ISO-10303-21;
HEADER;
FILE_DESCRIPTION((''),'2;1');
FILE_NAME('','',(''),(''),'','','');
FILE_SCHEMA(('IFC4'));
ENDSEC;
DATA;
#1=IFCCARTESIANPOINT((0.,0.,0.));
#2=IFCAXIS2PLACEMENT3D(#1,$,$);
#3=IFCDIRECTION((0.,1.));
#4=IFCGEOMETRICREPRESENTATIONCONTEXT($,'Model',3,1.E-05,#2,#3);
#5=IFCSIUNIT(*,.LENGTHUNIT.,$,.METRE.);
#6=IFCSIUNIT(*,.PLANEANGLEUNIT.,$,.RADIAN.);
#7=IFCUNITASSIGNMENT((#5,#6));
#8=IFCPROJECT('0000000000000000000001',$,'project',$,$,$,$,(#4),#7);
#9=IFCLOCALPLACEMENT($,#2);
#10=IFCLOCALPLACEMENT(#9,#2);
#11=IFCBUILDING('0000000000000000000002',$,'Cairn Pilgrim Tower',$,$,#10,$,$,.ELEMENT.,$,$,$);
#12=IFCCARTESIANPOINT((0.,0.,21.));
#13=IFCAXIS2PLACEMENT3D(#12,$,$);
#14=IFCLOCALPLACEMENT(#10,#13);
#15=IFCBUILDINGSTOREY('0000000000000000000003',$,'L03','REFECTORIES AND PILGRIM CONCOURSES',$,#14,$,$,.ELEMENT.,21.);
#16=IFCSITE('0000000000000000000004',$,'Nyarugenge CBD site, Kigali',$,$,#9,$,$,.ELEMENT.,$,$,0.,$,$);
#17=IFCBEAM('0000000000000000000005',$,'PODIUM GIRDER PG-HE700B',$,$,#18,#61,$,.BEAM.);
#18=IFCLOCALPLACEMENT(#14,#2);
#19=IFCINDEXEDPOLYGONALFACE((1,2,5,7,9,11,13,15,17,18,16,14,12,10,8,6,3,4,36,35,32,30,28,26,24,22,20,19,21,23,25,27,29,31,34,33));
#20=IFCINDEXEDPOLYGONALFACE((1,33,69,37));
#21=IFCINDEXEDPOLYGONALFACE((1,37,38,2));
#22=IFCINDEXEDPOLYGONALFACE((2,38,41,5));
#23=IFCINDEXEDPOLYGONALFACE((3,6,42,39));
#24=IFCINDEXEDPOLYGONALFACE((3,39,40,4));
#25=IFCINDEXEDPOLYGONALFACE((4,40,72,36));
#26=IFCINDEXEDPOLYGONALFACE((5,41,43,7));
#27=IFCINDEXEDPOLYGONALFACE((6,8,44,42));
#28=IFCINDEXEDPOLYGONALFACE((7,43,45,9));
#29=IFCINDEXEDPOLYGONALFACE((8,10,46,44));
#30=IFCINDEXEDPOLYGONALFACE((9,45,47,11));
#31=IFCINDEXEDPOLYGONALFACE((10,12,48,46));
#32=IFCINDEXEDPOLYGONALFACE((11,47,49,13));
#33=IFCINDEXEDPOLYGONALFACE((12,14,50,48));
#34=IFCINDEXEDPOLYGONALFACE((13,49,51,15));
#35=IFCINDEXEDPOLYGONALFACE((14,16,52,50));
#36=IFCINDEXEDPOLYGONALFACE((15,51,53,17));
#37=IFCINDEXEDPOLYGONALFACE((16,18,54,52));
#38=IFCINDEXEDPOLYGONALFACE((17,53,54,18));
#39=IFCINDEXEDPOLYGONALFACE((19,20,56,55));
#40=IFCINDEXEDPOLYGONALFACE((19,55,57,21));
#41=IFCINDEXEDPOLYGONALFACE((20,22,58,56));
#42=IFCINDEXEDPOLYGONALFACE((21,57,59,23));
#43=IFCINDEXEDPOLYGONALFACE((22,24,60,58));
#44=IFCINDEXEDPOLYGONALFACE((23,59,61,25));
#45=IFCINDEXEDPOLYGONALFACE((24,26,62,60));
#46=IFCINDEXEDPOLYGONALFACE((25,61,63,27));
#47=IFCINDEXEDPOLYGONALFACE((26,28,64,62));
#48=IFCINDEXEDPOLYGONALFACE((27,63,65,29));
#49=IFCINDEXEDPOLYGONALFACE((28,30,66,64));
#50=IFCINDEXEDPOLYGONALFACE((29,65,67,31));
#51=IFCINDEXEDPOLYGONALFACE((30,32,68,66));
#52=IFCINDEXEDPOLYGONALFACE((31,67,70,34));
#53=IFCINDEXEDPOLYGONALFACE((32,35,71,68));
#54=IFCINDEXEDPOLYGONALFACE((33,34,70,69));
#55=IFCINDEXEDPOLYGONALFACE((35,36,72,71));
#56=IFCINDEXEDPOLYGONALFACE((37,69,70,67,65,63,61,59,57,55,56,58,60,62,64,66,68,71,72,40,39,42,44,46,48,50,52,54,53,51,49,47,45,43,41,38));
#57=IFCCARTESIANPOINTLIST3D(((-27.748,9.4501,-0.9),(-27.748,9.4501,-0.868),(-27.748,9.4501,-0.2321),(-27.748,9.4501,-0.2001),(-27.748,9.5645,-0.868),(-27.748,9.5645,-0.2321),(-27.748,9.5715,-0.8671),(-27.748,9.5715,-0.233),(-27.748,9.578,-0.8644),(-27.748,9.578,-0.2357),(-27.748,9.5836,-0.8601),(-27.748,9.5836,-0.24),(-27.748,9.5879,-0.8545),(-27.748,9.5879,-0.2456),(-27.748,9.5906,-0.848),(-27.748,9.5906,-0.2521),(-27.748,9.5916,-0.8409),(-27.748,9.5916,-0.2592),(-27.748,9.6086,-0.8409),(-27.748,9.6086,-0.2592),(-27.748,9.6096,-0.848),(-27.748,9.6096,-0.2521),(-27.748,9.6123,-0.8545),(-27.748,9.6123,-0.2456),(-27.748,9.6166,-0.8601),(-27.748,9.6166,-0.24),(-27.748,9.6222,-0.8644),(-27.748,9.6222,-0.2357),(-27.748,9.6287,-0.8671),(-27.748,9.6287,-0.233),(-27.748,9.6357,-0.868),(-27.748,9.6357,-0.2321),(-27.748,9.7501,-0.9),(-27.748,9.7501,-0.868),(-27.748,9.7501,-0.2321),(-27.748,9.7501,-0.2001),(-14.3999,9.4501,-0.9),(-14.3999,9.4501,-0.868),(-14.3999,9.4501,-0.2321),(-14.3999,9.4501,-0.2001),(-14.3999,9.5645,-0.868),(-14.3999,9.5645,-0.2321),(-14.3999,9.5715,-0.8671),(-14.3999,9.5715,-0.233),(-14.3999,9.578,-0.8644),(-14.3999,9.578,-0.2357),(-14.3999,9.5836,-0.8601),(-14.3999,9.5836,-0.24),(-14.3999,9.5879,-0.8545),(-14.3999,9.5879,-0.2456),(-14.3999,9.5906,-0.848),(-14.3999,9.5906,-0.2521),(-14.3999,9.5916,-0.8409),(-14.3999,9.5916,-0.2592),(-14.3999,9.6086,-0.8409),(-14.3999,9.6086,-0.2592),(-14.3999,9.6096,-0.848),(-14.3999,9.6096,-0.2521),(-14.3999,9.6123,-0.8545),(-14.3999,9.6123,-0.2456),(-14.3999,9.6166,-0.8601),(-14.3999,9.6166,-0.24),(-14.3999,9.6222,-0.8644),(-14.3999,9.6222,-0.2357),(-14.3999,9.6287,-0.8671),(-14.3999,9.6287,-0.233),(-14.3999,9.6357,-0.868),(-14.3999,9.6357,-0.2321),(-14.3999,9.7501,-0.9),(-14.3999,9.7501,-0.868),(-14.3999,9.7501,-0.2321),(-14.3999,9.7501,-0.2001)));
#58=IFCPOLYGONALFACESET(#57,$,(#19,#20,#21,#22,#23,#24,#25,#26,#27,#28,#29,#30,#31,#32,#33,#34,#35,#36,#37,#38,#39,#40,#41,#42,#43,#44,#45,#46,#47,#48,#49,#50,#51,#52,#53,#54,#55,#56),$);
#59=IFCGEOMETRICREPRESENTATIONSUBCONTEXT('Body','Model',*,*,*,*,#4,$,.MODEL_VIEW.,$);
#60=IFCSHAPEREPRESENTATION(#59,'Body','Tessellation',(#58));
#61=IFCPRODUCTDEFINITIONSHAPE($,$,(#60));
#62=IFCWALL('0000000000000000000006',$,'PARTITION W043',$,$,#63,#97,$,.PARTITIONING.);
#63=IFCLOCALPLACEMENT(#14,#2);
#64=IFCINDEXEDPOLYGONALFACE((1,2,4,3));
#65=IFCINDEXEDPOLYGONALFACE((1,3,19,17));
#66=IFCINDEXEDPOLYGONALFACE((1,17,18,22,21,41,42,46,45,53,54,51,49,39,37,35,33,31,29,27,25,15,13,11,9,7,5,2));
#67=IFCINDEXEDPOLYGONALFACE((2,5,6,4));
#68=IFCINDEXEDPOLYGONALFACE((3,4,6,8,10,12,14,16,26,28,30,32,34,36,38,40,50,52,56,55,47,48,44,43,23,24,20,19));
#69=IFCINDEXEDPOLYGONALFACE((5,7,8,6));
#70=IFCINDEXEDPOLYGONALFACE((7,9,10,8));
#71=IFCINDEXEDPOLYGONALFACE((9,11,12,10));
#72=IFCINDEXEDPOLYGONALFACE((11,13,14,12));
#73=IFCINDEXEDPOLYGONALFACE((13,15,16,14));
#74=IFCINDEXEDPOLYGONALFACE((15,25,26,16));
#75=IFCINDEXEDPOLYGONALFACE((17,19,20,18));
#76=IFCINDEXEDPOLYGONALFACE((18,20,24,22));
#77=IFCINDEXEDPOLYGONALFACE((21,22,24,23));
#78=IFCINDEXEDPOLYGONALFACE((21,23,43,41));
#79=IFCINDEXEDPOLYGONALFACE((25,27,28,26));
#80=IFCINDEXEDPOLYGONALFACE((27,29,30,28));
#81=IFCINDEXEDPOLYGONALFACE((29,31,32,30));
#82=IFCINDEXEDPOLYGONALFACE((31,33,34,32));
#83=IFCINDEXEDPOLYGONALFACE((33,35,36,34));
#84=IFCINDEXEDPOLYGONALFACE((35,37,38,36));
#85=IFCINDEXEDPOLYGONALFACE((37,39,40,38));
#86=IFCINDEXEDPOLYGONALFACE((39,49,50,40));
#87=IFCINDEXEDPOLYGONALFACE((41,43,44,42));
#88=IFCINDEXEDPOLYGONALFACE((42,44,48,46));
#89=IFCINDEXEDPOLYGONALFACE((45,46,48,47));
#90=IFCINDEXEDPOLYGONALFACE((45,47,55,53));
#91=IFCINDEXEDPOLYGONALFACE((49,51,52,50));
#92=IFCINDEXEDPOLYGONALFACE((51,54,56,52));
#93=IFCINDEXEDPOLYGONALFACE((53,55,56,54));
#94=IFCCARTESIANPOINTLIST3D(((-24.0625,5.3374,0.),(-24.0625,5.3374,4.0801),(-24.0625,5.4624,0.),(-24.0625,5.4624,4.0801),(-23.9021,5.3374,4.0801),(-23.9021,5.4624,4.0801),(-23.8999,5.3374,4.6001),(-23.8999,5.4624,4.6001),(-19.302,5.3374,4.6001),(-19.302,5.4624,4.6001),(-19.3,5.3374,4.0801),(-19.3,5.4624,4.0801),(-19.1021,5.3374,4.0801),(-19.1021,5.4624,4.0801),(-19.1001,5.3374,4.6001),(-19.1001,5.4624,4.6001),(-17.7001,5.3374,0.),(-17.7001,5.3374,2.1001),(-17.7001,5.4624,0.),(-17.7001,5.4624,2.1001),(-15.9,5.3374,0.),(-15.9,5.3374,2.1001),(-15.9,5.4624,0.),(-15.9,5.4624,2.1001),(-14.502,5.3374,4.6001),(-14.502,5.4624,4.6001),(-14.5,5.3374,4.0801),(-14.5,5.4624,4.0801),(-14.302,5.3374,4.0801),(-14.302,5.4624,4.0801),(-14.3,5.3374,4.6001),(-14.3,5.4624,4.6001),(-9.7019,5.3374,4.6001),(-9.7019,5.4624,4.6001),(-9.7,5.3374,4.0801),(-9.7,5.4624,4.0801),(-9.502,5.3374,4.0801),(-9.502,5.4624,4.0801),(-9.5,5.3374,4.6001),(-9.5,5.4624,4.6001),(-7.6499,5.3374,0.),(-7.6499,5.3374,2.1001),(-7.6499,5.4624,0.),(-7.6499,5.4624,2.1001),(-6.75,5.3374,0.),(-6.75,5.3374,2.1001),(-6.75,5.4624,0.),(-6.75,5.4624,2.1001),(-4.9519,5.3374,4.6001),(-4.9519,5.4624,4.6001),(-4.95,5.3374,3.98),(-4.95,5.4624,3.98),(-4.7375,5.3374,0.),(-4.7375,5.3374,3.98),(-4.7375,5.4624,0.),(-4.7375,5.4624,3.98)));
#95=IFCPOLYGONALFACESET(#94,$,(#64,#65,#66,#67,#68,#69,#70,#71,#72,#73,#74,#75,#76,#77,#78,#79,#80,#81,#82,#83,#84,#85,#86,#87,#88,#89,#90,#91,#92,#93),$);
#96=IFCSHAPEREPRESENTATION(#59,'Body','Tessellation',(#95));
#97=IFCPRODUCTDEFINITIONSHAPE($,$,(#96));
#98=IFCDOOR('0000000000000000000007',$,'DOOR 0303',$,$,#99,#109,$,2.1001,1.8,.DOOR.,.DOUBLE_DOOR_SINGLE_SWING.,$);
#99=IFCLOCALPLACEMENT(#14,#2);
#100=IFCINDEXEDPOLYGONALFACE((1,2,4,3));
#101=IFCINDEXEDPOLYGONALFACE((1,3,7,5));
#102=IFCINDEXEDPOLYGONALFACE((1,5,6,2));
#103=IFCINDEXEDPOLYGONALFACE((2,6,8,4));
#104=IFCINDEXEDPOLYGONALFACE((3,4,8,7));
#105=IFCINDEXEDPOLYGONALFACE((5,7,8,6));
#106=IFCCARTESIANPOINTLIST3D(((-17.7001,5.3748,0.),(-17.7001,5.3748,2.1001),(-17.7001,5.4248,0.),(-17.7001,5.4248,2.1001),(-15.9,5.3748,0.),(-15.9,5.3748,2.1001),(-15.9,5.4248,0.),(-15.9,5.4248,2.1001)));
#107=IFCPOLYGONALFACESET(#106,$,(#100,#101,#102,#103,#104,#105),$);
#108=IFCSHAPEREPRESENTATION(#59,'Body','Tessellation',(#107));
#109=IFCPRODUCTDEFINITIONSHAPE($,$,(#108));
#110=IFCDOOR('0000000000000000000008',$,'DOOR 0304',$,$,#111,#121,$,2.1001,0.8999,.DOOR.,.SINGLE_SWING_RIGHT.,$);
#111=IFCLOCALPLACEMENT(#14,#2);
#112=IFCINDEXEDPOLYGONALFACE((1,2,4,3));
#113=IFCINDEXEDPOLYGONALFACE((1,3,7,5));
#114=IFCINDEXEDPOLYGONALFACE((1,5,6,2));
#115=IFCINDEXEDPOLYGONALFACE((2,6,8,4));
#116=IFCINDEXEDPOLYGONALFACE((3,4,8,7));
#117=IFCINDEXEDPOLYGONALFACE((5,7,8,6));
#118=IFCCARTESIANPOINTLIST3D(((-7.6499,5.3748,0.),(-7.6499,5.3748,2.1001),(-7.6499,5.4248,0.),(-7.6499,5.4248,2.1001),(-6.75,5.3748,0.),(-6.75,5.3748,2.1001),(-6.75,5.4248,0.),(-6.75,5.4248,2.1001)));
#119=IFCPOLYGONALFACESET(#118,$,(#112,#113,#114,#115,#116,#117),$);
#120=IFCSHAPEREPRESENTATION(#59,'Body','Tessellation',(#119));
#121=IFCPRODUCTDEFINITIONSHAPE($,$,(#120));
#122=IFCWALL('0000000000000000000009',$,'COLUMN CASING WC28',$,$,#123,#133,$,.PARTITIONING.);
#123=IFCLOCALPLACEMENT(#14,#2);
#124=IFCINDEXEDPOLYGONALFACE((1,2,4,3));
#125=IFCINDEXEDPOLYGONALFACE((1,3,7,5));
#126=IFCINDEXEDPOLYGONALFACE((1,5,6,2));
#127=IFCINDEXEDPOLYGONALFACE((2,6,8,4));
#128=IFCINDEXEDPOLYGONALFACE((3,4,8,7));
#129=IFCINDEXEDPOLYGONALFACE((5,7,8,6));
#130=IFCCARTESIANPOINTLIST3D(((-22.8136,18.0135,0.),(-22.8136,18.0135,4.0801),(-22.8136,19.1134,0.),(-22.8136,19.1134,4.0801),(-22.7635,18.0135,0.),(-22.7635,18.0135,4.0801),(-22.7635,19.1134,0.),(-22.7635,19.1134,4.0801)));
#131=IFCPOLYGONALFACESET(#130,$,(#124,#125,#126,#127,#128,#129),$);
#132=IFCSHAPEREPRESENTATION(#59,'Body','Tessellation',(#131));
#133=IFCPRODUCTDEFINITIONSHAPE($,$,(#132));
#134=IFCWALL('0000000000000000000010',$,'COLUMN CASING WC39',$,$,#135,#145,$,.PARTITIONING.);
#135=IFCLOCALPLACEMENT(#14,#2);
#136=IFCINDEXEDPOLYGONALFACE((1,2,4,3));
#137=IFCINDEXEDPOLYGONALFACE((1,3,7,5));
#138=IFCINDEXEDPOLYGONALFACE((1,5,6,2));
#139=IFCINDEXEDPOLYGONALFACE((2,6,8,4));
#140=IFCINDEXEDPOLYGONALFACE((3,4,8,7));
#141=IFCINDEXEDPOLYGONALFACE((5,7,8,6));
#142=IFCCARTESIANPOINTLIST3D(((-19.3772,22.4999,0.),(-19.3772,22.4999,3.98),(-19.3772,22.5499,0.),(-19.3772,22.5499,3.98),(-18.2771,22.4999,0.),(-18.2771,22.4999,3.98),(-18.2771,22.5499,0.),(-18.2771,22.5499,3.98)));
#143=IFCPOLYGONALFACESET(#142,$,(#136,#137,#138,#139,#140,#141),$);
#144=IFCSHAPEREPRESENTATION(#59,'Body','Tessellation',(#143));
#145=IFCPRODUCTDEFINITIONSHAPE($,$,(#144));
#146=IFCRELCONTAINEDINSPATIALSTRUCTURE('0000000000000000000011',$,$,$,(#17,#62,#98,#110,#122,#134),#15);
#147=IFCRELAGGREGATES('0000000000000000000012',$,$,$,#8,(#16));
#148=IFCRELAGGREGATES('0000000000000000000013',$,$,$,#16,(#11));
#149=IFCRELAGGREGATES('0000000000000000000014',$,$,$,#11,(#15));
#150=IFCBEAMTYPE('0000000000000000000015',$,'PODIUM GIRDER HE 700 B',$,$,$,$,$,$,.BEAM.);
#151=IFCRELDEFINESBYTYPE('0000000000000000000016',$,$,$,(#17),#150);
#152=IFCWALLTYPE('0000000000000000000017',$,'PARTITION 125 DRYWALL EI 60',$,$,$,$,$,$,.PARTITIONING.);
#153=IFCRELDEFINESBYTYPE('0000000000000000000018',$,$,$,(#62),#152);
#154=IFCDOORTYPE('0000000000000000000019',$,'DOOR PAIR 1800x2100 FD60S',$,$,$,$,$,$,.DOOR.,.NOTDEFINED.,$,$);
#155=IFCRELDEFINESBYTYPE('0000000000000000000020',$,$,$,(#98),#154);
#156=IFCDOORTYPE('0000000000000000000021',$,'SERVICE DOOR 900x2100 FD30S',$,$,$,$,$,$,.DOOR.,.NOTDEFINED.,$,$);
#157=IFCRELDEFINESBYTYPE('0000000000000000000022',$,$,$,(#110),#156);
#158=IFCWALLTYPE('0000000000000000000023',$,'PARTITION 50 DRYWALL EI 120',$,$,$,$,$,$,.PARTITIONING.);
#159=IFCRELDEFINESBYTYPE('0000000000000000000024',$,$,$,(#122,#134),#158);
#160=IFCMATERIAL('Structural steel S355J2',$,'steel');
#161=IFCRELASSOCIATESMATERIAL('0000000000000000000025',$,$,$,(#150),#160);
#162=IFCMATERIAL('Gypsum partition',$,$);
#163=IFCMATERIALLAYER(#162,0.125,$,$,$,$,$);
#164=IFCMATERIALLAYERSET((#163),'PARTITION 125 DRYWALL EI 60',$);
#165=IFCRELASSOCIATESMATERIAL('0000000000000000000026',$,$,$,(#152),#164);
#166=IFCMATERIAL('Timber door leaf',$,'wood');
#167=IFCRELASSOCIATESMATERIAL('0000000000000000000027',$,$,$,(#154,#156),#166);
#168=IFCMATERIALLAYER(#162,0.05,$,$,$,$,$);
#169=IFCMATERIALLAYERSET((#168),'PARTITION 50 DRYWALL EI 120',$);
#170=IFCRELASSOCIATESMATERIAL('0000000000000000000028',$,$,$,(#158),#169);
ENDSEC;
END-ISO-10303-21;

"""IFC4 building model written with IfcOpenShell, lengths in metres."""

from ifc_helpers import new_model, si_unit, direction, frame, frame_2d, origin, origin_2d, place, context, subcontext, project, spatial, polyline, rectangle, i_section, outline, extrude, material, layer, layer_set, material_profile, profile_set, type_object, element, fill, save


model = new_model("IFC4")

# Units and contexts
model_context = context("Model", 3, precision=1e-05, world=origin(), true_north=direction((0.0, 1.0)))
body_context = subcontext(model_context, "Body", "Model", "MODEL_VIEW")
ifc_project = project(units=[si_unit("LENGTHUNIT", "METRE"), si_unit("PLANEANGLEUNIT", "RADIAN")], contexts=[model_context])

# Site, building, storey
site_placement = place(None, origin())
site = spatial("IfcSite", under=ifc_project, at=site_placement, Name="Nyarugenge CBD site, Kigali", CompositionType="ELEMENT", RefElevation=0.0)
building_placement = place(site_placement, origin())
building = spatial("IfcBuilding", under=site, at=building_placement, Name="Cairn Pilgrim Tower", CompositionType="ELEMENT")
storey_placement = place(building_placement, frame((0.0, 0.0, 21.0)))
storey = spatial("IfcBuildingStorey", under=building, at=storey_placement, Name="L03", Description="REFECTORIES AND PILGRIM CONCOURSES", CompositionType="ELEMENT", Elevation=21.0)

# Beam
ifc_material_1 = material(Name="Structural steel S355J2", Category="steel")
ifc_material_profile_1 = material_profile(ifc_material_1, i_section(OverallWidth=0.3, OverallDepth=0.7, WebThickness=0.0171, FlangeThickness=0.032, FilletRadius=0.0271, at=origin_2d()), Name="HEB 700")
ifc_profile_set_1 = profile_set([ifc_material_profile_1], Name="Structural steel S355J2")
beam_type_1 = type_object("IfcBeamType", Name="PODIUM GIRDER HE 700 B", PredefinedType="BEAM", material=ifc_profile_set_1)
beam_1_placement = place(storey_placement, frame((-27.748, 9.6001, -0.55), z_axis=(1.0, 0.0, 0.0), x_axis=(0.0, 1.0, 0.0)))
element("IfcBeam", 1, at=beam_1_placement, inside=storey, type_object=beam_type_1, Name="PODIUM GIRDER PG-HE700B", PredefinedType="BEAM", context=body_context, shape_type="SweptSolid", body=[
    extrude(i_section(OverallWidth=0.3, OverallDepth=0.7, WebThickness=0.0171, FlangeThickness=0.032, FilletRadius=0.0271, at=origin_2d()), origin(), (0.0, 0.0, 1.0), 13.3481),
])

# Wall, openings, doors
ifc_material_2 = material(Name="Gypsum partition")
ifc_layer_1 = layer(ifc_material_2, 0.125)
ifc_layer_set_1 = layer_set([ifc_layer_1], Name="PARTITION 125 DRYWALL EI 60")
wall_type_1 = type_object("IfcWallType", Name="PARTITION 125 DRYWALL EI 60", PredefinedType="PARTITIONING", material=ifc_layer_set_1)
wall_1_placement = place(storey_placement, frame((-24.0625, 5.3999, 0.0), z_axis=(0.0, 0.0, 1.0), x_axis=(1.0, 0.0, 0.0)))
wall_1 = element("IfcWall", 2, at=wall_1_placement, inside=storey, type_object=wall_type_1, Name="PARTITION W043", PredefinedType="PARTITIONING", context=body_context, shape_type="SweptSolid", body=[
    extrude(outline(polyline([(0.0, 0.0), (19.325, 0.0), (19.325, 3.98), (19.1125, 3.98), (19.1106, 4.6001), (14.5625, 4.6001), (14.5605, 4.0801), (14.3625, 4.0801), (14.3606, 4.6001), (9.7625, 4.6001), (9.7605, 4.0801), (9.5625, 4.0801), (9.5605, 4.6001), (4.9624, 4.6001), (4.9604, 4.0801), (4.7625, 4.0801), (4.7605, 4.6001), (0.1626, 4.6001), (0.1604, 4.0801), (0.0, 4.0801), (0.0, 0.0)])), frame((0.0, 0.0625, 0.0), z_axis=(0.0, -1.0, 0.0), x_axis=(1.0, 0.0, 0.0)), (0.0, 0.0, 1.0), 0.125),
])
opening_1_placement = place(wall_1_placement, frame((6.3625, 0.0, 0.0)))
opening_1 = element("IfcOpeningElement", 3, at=opening_1_placement, cuts=wall_1, PredefinedType="OPENING", context=body_context, shape_type="SweptSolid", body=[
    extrude(rectangle(XDim=1.8, YDim=2.1001, at=frame_2d((0.8999, 1.05))), frame((0.0, 0.0725, 0.0), z_axis=(0.0, -1.0, 0.0), x_axis=(1.0, 0.0, 0.0)), (0.0, 0.0, 1.0), 0.145),
])
opening_2_placement = place(wall_1_placement, frame((16.4126, 0.0, 0.0)))
opening_2 = element("IfcOpeningElement", 4, at=opening_2_placement, cuts=wall_1, PredefinedType="OPENING", context=body_context, shape_type="SweptSolid", body=[
    extrude(rectangle(XDim=0.8999, YDim=2.1001, at=frame_2d((0.45, 1.05))), frame((0.0, 0.0725, 0.0), z_axis=(0.0, -1.0, 0.0), x_axis=(1.0, 0.0, 0.0)), (0.0, 0.0, 1.0), 0.145),
])
ifc_material_3 = material(Name="Timber door leaf", Category="wood")
door_type_1 = type_object("IfcDoorType", Name="DOOR PAIR 1800x2100 FD60S", OperationType="NOTDEFINED", PredefinedType="DOOR", material=ifc_material_3)
door_1_placement = place(opening_1_placement, origin())
door_1 = element("IfcDoor", 5, at=door_1_placement, inside=storey, type_object=door_type_1, Name="DOOR 0303", OperationType="DOUBLE_DOOR_SINGLE_SWING", OverallHeight=2.1001, OverallWidth=1.8, PredefinedType="DOOR", context=body_context, shape_type="SweptSolid", body=[
    extrude(rectangle(XDim=1.8, YDim=2.1001, at=frame_2d((0.8999, 1.05))), frame((0.0, 0.0249, 0.0), z_axis=(0.0, -1.0, 0.0), x_axis=(1.0, 0.0, 0.0)), (0.0, 0.0, 1.0), 0.05),
])
fill(opening_1, door_1)
door_type_2 = type_object("IfcDoorType", Name="SERVICE DOOR 900x2100 FD30S", OperationType="NOTDEFINED", PredefinedType="DOOR", material=ifc_material_3)
door_2_placement = place(opening_2_placement, origin())
door_2 = element("IfcDoor", 6, at=door_2_placement, inside=storey, type_object=door_type_2, Name="DOOR 0304", OperationType="SINGLE_SWING_RIGHT", OverallHeight=2.1001, OverallWidth=0.8999, PredefinedType="DOOR", context=body_context, shape_type="SweptSolid", body=[
    extrude(rectangle(XDim=0.8999, YDim=2.1001, at=frame_2d((0.45, 1.05))), frame((0.0, 0.0249, 0.0), z_axis=(0.0, -1.0, 0.0), x_axis=(1.0, 0.0, 0.0)), (0.0, 0.0, 1.0), 0.05),
])
fill(opening_2, door_2)

# Walls
ifc_layer_2 = layer(ifc_material_2, 0.05)
ifc_layer_set_2 = layer_set([ifc_layer_2], Name="PARTITION 50 DRYWALL EI 120")
wall_type_2 = type_object("IfcWallType", Name="PARTITION 50 DRYWALL EI 120", PredefinedType="PARTITIONING", material=ifc_layer_set_2)
wall_2_placement = place(storey_placement, frame((-22.7886, 18.0137, 0.0), z_axis=(0.0, 0.0, 1.0), x_axis=(0.0, 1.0, 0.0)))
element("IfcWall", 7, at=wall_2_placement, inside=storey, type_object=wall_type_2, Name="COLUMN CASING WC28", PredefinedType="PARTITIONING", context=body_context, shape_type="SweptSolid", body=[
    extrude(rectangle(XDim=1.0999, YDim=0.05, at=frame_2d((0.5498, 0.0))), origin(), (0.0, 0.0, 1.0), 4.0801),
])
wall_3_placement = place(storey_placement, frame((-19.3772, 22.5249, 0.0), z_axis=(0.0, 0.0, 1.0), x_axis=(1.0, 0.0, 0.0)))
element("IfcWall", 8, at=wall_3_placement, inside=storey, type_object=wall_type_2, Name="COLUMN CASING WC39", PredefinedType="PARTITIONING", context=body_context, shape_type="SweptSolid", body=[
    extrude(rectangle(XDim=1.1001, YDim=0.05, at=frame_2d((0.55, 0.0))), origin(), (0.0, 0.0, 1.0), 3.98),
])

save(model, "model.ifc")
